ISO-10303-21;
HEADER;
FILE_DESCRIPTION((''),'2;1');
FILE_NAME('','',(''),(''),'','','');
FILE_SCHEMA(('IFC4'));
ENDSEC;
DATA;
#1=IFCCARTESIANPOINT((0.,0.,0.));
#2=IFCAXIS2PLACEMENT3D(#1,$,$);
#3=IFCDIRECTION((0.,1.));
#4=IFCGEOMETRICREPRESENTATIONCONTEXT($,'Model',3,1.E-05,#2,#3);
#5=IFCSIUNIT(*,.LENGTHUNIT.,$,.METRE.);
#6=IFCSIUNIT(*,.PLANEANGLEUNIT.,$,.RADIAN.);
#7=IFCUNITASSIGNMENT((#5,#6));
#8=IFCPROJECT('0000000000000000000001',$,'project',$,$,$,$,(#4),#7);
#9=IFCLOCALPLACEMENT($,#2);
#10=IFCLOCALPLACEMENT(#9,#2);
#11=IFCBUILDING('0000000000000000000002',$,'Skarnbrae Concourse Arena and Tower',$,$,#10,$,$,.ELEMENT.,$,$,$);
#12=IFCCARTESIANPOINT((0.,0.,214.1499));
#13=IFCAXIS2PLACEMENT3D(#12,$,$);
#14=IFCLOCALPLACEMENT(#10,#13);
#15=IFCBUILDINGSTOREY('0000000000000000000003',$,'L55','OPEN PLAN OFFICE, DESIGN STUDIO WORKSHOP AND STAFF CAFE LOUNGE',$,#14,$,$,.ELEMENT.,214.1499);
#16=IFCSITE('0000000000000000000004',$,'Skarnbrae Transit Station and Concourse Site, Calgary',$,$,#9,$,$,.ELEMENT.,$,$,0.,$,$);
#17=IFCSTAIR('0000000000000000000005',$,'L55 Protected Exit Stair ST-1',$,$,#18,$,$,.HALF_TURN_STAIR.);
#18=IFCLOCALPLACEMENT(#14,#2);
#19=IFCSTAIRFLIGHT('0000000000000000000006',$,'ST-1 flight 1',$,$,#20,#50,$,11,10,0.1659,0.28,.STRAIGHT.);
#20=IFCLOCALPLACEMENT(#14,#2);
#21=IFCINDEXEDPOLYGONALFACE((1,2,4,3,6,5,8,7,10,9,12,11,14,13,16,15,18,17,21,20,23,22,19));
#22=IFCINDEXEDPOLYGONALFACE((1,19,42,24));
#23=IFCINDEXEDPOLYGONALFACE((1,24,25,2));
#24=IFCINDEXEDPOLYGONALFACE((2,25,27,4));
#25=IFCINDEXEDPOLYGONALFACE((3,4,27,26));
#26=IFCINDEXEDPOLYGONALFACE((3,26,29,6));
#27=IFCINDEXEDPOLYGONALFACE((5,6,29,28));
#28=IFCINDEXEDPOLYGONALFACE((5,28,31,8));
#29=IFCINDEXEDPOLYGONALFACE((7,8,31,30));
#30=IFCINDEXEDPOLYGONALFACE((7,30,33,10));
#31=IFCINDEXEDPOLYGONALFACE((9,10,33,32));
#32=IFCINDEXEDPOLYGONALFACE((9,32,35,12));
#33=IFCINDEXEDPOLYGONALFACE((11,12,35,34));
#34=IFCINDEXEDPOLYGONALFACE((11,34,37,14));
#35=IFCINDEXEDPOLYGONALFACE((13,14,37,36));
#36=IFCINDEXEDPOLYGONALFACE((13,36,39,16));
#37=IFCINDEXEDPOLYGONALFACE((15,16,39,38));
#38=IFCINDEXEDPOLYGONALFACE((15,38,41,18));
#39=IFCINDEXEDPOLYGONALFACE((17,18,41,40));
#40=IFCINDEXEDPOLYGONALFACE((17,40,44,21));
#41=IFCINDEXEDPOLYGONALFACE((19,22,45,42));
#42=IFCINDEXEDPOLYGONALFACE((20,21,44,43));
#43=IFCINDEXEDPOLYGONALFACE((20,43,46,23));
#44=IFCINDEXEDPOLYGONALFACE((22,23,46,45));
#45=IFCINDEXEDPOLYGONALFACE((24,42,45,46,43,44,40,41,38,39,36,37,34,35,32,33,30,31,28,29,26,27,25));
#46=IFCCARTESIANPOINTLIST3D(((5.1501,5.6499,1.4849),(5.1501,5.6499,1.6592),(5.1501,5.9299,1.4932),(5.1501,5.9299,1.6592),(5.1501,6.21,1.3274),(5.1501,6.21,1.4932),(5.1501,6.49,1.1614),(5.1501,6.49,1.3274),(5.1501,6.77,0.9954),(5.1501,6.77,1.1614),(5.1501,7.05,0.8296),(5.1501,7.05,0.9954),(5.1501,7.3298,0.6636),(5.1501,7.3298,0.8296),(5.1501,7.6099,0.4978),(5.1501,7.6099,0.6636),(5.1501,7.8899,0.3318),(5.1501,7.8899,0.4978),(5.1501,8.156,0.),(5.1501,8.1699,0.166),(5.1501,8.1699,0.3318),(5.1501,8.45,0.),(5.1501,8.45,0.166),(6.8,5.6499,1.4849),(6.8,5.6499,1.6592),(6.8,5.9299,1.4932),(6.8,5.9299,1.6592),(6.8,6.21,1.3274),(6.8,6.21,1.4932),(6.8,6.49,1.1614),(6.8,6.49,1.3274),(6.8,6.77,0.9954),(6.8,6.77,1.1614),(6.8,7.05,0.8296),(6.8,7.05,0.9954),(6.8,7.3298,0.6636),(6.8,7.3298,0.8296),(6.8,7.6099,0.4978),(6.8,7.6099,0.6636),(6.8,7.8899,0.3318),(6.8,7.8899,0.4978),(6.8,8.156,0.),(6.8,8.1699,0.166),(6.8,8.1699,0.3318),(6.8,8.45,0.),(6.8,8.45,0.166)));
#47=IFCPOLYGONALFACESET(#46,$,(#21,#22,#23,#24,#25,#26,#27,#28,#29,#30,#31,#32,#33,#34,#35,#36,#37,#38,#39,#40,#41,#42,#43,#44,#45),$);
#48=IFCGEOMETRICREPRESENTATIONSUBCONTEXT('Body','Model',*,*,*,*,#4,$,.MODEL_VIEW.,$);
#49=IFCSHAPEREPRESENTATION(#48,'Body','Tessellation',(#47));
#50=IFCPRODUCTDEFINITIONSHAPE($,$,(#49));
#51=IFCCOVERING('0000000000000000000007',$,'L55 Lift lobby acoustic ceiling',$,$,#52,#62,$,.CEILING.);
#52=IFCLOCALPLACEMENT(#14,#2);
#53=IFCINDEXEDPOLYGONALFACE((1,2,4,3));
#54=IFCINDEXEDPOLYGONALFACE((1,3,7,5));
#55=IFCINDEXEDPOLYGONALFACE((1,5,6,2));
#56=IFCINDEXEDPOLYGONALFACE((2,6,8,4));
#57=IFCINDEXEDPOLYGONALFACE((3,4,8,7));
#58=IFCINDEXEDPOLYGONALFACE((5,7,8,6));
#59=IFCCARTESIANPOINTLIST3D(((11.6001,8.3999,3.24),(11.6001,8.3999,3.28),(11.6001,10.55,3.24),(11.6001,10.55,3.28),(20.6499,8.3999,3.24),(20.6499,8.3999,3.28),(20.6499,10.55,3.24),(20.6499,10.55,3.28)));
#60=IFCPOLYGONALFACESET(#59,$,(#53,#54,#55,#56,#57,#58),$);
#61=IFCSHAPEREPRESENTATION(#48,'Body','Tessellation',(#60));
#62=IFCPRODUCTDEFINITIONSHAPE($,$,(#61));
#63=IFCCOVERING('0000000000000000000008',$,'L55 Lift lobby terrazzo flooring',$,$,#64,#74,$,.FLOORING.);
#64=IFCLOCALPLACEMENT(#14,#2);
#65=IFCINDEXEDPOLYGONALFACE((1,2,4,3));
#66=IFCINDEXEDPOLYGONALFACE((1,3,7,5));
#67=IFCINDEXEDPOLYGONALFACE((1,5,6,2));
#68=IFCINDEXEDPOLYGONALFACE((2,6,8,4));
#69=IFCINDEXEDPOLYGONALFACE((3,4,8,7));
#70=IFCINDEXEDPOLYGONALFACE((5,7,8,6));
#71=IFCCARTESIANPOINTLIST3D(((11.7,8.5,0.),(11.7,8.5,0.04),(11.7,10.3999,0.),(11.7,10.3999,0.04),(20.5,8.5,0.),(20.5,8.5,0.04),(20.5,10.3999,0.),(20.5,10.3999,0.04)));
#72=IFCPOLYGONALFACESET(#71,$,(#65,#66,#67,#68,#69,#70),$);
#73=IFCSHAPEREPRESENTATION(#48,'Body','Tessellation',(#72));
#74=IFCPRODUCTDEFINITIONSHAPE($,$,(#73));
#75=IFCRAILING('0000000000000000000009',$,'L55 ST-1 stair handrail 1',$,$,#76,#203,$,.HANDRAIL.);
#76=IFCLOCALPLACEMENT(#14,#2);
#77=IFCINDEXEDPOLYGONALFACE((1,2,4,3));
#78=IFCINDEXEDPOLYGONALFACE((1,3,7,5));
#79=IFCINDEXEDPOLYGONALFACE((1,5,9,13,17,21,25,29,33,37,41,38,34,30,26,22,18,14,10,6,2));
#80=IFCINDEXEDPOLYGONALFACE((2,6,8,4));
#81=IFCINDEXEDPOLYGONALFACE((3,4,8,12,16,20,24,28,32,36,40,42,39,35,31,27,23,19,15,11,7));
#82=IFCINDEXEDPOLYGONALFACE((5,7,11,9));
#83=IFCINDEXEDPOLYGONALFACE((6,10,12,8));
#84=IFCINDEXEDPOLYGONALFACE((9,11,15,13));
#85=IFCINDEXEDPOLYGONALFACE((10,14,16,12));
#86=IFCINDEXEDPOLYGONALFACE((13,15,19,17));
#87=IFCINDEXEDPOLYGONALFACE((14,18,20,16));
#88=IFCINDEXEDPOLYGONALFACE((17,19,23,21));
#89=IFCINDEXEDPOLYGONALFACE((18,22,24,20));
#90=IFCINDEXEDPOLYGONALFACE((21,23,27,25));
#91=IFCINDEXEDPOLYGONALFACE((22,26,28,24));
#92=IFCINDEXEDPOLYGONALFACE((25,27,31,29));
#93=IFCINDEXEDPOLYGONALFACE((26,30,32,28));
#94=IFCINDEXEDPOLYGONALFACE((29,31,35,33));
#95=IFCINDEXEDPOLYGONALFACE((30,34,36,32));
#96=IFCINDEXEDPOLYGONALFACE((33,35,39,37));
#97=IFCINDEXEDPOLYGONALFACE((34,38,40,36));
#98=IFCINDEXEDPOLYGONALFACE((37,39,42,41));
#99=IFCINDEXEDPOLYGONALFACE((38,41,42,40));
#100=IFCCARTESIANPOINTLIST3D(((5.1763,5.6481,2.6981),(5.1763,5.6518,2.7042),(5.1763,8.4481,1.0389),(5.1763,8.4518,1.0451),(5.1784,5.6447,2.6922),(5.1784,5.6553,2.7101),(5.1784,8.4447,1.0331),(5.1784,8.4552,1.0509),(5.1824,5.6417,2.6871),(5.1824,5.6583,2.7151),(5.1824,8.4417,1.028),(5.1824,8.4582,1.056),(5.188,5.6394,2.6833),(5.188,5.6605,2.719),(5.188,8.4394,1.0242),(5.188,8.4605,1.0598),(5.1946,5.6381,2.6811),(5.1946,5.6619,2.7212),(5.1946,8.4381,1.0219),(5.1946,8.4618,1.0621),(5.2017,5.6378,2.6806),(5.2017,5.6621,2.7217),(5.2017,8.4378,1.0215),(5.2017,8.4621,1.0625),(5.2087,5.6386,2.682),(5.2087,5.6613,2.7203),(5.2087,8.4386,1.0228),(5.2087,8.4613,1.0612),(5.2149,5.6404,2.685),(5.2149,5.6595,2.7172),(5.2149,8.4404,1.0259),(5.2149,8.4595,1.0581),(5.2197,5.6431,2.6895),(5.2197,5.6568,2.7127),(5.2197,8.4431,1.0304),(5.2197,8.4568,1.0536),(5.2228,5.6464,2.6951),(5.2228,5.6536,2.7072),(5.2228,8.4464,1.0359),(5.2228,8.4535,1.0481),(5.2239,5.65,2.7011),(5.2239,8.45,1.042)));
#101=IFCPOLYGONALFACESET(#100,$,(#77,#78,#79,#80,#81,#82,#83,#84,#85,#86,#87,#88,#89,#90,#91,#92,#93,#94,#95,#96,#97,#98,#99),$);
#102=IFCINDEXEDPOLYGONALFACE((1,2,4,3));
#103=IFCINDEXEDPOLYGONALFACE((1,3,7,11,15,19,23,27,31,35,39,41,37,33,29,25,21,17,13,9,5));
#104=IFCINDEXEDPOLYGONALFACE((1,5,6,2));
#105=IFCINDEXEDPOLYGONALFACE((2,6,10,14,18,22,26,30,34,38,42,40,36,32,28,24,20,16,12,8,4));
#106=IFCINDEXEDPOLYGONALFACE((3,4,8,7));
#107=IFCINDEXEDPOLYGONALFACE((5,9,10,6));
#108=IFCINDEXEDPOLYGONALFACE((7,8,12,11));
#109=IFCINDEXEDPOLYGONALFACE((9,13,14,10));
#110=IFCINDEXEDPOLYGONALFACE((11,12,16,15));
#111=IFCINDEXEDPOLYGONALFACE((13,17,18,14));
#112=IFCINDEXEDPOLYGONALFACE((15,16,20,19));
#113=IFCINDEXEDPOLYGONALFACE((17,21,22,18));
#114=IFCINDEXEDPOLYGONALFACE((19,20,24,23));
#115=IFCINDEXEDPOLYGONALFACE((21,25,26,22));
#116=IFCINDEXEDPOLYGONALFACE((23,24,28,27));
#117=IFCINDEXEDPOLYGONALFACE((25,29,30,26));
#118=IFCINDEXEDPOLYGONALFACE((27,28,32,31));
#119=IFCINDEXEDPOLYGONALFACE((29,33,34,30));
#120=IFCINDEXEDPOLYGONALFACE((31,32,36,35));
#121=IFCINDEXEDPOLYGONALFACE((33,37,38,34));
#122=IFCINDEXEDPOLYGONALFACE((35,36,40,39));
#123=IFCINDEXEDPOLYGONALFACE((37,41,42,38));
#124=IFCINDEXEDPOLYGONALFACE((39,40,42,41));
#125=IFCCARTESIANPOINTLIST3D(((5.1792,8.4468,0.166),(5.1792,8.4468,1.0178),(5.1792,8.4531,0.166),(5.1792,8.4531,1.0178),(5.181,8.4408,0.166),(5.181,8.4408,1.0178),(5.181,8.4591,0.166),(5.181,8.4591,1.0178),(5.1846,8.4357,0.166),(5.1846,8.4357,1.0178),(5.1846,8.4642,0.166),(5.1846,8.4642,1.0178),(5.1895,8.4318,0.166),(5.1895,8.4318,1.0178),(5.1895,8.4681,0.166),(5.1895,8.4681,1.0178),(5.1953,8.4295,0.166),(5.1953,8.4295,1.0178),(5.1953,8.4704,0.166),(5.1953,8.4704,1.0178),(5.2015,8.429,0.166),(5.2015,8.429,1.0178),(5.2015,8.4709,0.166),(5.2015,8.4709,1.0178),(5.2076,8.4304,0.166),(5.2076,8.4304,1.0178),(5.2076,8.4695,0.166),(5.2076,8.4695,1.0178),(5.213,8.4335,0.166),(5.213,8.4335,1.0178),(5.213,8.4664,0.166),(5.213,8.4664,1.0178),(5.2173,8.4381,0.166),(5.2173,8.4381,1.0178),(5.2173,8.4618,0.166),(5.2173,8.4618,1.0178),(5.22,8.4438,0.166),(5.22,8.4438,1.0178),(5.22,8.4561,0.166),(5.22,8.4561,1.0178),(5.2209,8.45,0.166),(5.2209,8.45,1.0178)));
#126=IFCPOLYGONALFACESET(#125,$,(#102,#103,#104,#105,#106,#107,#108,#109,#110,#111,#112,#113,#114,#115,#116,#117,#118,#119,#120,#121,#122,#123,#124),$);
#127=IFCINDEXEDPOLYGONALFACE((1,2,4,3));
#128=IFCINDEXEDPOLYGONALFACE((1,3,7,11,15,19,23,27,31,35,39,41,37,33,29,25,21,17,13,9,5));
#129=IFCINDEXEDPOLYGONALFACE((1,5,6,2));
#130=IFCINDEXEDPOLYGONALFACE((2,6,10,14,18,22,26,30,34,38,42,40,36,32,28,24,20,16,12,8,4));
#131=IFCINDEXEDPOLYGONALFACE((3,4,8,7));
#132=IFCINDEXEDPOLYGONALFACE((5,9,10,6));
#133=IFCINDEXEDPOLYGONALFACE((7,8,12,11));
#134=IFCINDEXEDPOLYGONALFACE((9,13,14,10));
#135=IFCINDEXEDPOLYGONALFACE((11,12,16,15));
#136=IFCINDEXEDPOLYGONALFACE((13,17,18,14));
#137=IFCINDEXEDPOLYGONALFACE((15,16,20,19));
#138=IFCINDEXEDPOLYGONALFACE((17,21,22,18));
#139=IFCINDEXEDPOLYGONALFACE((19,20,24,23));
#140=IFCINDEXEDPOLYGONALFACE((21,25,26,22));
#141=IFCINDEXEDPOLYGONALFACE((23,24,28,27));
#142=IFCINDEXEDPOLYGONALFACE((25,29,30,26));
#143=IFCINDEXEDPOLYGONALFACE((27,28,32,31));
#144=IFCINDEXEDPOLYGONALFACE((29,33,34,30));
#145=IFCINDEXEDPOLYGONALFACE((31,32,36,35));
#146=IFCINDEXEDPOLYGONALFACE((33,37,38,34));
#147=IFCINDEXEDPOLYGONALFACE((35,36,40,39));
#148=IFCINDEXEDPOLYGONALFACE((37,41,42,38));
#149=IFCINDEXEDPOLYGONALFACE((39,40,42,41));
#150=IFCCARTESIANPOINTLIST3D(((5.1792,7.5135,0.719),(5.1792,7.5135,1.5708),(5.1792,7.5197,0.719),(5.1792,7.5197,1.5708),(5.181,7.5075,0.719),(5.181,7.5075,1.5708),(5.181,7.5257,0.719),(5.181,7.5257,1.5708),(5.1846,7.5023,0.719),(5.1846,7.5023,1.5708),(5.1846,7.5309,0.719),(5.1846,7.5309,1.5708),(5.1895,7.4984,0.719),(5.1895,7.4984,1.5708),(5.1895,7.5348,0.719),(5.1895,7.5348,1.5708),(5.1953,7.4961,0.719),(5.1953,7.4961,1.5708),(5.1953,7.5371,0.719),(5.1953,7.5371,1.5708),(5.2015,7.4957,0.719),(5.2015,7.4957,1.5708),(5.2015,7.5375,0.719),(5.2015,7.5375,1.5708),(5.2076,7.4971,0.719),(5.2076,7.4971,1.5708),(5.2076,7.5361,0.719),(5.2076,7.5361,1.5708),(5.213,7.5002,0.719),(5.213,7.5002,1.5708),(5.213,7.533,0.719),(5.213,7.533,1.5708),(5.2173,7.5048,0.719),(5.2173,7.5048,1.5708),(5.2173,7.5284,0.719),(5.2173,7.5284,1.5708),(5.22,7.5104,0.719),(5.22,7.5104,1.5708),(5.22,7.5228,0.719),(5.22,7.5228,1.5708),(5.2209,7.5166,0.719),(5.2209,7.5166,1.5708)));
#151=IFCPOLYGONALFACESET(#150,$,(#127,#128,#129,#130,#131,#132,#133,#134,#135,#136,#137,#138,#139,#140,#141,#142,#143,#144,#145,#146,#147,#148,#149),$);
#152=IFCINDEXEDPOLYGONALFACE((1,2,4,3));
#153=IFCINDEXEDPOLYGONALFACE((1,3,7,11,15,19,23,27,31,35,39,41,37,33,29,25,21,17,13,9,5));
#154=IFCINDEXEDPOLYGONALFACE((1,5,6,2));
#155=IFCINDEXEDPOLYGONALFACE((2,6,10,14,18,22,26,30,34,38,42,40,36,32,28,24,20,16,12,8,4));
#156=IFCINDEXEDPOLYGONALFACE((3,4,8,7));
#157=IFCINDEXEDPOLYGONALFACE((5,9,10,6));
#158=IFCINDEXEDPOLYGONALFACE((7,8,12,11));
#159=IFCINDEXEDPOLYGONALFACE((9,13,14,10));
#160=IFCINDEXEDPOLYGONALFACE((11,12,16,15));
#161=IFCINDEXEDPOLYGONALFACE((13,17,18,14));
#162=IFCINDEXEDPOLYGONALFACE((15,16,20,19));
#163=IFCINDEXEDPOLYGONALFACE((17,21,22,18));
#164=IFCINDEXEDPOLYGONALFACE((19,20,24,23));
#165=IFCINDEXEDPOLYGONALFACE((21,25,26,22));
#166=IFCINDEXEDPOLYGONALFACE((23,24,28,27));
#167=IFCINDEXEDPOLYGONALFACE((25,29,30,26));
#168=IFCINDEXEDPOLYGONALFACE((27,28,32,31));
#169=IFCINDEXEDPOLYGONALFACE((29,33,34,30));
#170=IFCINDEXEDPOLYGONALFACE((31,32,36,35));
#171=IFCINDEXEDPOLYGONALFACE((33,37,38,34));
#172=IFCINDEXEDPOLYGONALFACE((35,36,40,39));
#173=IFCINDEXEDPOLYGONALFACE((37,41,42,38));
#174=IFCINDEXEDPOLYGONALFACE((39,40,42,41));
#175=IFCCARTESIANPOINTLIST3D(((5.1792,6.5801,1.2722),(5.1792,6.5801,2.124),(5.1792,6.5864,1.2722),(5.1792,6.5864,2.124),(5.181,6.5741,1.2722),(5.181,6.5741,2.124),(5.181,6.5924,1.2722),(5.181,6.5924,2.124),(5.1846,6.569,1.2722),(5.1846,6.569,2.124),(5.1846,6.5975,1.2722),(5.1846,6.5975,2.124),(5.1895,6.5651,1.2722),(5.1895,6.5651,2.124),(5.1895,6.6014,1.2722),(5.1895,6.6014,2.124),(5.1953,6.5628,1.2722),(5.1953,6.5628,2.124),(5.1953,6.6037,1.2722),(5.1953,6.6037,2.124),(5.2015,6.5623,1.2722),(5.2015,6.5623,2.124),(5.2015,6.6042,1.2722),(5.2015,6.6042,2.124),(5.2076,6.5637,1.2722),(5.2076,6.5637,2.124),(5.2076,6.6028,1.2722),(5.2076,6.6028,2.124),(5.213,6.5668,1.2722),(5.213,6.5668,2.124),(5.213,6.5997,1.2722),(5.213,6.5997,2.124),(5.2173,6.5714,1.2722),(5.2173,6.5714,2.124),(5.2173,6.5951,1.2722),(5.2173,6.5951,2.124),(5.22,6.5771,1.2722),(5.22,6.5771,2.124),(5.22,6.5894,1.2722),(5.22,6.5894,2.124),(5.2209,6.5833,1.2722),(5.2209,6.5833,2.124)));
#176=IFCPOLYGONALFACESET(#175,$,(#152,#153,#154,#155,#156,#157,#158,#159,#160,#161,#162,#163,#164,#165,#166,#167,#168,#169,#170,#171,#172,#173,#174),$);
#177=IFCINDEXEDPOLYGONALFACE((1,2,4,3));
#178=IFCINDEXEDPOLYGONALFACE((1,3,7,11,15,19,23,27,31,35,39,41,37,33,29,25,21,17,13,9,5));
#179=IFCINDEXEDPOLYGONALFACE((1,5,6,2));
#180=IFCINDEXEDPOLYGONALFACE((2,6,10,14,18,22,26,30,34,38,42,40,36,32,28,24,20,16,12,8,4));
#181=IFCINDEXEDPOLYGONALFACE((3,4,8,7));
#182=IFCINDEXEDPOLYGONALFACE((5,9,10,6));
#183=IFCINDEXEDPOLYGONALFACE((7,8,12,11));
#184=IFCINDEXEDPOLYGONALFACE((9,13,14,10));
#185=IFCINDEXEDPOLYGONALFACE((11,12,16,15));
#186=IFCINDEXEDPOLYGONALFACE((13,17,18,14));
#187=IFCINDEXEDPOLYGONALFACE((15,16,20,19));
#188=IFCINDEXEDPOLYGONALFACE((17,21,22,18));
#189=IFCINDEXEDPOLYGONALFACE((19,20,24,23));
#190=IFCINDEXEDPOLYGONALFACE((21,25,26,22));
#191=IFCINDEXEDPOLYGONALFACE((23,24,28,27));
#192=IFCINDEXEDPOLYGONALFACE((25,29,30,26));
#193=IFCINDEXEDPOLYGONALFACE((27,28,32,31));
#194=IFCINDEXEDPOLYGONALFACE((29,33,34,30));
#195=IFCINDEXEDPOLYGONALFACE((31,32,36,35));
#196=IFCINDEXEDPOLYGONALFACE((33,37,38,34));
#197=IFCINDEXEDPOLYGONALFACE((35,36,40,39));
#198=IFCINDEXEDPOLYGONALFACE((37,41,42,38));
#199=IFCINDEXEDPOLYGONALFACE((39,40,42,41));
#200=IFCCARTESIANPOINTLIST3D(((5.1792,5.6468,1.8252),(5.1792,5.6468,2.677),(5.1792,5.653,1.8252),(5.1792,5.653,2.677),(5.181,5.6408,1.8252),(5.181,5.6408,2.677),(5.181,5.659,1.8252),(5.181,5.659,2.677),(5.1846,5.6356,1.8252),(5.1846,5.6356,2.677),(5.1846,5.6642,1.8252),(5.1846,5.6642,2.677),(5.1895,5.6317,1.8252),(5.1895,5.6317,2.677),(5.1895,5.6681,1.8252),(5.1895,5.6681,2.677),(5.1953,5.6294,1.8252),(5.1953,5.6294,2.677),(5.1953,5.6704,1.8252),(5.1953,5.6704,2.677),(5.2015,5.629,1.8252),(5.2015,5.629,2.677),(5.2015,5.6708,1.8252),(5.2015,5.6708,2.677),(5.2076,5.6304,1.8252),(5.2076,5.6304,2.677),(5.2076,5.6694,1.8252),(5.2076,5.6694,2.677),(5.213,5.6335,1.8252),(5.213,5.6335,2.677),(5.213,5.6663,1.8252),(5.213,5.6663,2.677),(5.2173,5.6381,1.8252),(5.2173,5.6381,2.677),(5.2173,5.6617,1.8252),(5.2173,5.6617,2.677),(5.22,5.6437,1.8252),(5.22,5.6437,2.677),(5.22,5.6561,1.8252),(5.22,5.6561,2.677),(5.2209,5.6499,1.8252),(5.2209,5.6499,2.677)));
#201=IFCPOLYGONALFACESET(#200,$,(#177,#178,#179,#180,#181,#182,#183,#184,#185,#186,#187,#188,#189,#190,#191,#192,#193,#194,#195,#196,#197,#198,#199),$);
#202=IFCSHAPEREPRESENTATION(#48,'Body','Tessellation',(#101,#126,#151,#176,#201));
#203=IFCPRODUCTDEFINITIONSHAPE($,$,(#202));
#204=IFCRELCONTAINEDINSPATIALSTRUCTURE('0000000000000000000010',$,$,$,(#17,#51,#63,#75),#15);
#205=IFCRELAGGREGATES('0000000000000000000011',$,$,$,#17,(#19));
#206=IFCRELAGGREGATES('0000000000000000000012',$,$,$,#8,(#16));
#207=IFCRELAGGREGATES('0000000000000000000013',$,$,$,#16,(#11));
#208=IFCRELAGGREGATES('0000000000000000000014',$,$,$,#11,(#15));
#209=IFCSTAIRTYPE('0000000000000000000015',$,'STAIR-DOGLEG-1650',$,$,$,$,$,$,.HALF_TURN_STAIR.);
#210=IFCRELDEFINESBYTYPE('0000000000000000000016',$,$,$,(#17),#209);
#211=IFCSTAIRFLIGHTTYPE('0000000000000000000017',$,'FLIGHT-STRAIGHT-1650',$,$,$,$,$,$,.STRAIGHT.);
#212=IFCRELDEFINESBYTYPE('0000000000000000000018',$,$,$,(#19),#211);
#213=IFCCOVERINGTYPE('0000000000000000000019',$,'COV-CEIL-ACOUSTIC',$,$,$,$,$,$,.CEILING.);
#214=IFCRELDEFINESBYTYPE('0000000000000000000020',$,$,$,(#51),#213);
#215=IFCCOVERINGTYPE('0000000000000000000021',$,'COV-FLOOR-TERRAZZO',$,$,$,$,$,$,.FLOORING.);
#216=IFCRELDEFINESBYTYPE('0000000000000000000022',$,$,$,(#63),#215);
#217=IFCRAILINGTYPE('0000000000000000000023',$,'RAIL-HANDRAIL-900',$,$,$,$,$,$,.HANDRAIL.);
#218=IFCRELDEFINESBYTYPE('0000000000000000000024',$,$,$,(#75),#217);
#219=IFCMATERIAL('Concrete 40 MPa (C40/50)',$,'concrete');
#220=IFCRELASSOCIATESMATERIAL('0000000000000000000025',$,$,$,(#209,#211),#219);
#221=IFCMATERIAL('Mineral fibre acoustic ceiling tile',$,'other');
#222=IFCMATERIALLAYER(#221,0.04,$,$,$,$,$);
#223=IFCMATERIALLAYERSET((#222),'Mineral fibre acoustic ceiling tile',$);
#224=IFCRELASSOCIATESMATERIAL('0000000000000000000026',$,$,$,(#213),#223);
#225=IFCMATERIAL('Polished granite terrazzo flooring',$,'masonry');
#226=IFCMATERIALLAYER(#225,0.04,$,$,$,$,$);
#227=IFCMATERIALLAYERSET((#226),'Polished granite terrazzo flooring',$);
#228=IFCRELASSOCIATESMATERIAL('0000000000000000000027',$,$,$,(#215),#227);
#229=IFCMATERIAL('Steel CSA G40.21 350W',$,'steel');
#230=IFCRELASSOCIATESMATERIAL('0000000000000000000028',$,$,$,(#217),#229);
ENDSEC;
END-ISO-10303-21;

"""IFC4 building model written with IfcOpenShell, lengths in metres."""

from ifc_helpers import new_model, si_unit, direction, frame, origin, origin_2d, place, context, subcontext, project, spatial, polyline, circle, outline, extrude, source, transform, mapped, material, layer, layer_set, type_object, element, aggregate, save


model = new_model("IFC4")

# Units and contexts
model_context = context("Model", 3, precision=1e-05, world=origin(), true_north=direction((0.0, 1.0)))
body_context = subcontext(model_context, "Body", "Model", "MODEL_VIEW")
ifc_project = project(units=[si_unit("LENGTHUNIT", "METRE"), si_unit("PLANEANGLEUNIT", "RADIAN")], contexts=[model_context])

# Site, building, storey
site_placement = place(None, origin())
site = spatial("IfcSite", under=ifc_project, at=site_placement, Name="Skarnbrae Transit Station and Concourse Site, Calgary", CompositionType="ELEMENT", RefElevation=0.0)
building_placement = place(site_placement, origin())
building = spatial("IfcBuilding", under=site, at=building_placement, Name="Skarnbrae Concourse Arena and Tower", CompositionType="ELEMENT")
storey_placement = place(building_placement, frame((0.0, 0.0, 214.1499)))
storey = spatial("IfcBuildingStorey", under=building, at=storey_placement, Name="L55", Description="OPEN PLAN OFFICE, DESIGN STUDIO WORKSHOP AND STAFF CAFE LOUNGE", CompositionType="ELEMENT", Elevation=214.1499)

# Shared definitions
ifc_material_1 = material(Name="Steel CSA G40.21 350W", Category="steel")

# Stair
ifc_material_2 = material(Name="Concrete 40 MPa (C40/50)", Category="concrete")
stair_type = type_object("IfcStairType", Name="STAIR-DOGLEG-1650", PredefinedType="HALF_TURN_STAIR", material=ifc_material_2)
stair_1_placement = place(storey_placement, origin())
stair_1 = element("IfcStair", 1, at=stair_1_placement, inside=storey, type_object=stair_type, Name="L55 Protected Exit Stair ST-1", PredefinedType="HALF_TURN_STAIR")

# Stair flight
stair_flight_type = type_object("IfcStairFlightType", Name="FLIGHT-STRAIGHT-1650", PredefinedType="STRAIGHT", material=ifc_material_2)
shared_shape_1 = source(origin(), body_context, "Body", "SweptSolid", [
    extrude(outline(polyline([(0.0, 0.0), (0.0, 0.166), (0.28, 0.166), (0.28, 0.3318), (0.5601, 0.3318), (0.5601, 0.4978), (0.8401, 0.4978), (0.8401, 0.6636), (1.1201, 0.6636), (1.1201, 0.8296), (1.3999, 0.8296), (1.3999, 0.9954), (1.6799, 0.9954), (1.6799, 1.1614), (1.96, 1.1614), (1.96, 1.3274), (2.24, 1.3274), (2.24, 1.4932), (2.52, 1.4932), (2.52, 1.6592), (2.8, 1.6592), (2.8, 1.825), (2.8, 1.4849), (0.2939, 0.0), (0.0, 0.0)])), frame((0.0, 0.825, 0.0), z_axis=(0.0, -1.0, 0.0), x_axis=(1.0, 0.0, 0.0)), (0.0, 0.0, 1.0), 1.6499),
])
stair_flight_placement = place(storey_placement, frame((5.9751, 8.45, 0.0), z_axis=(0.0, 0.0, 1.0), x_axis=(0.0, -1.0, 0.0)))
stair_flight = element("IfcStairFlight", 2, at=stair_flight_placement, type_object=stair_flight_type, Name="ST-1 flight 1", NumberOfRisers=11, NumberOfTreads=10, PredefinedType="STRAIGHT", RiserHeight=0.1659, TreadLength=0.28, context=body_context, shape_type="MappedRepresentation", body=[
    mapped(shared_shape_1, transform((0.0, 0.0, 0.0))),
])
aggregate(stair_1, [stair_flight])

# Coverings
ifc_material_3 = material(Name="Mineral fibre acoustic ceiling tile", Category="other")
ifc_layer_1 = layer(ifc_material_3, 0.04)
ifc_layer_set_1 = layer_set([ifc_layer_1], Name="Mineral fibre acoustic ceiling tile")
covering_type_1 = type_object("IfcCoveringType", Name="COV-CEIL-ACOUSTIC", PredefinedType="CEILING", material=ifc_layer_set_1)
covering_1_placement = place(storey_placement, frame((0.0, 0.0, 3.24)))
element("IfcCovering", 3, at=covering_1_placement, inside=storey, type_object=covering_type_1, Name="L55 Lift lobby acoustic ceiling", PredefinedType="CEILING", context=body_context, shape_type="SweptSolid", body=[
    extrude(outline(polyline([(11.6001, 8.3999), (20.6499, 8.3999), (20.6499, 10.55), (11.6001, 10.55), (11.6001, 8.3999)])), origin(), (0.0, 0.0, 1.0), 0.04),
])
ifc_material_4 = material(Name="Polished granite terrazzo flooring", Category="masonry")
ifc_layer_2 = layer(ifc_material_4, 0.04)
ifc_layer_set_2 = layer_set([ifc_layer_2], Name="Polished granite terrazzo flooring")
covering_type_2 = type_object("IfcCoveringType", Name="COV-FLOOR-TERRAZZO", PredefinedType="FLOORING", material=ifc_layer_set_2)
covering_2_placement = place(storey_placement, origin())
element("IfcCovering", 4, at=covering_2_placement, inside=storey, type_object=covering_type_2, Name="L55 Lift lobby terrazzo flooring", PredefinedType="FLOORING", context=body_context, shape_type="SweptSolid", body=[
    extrude(outline(polyline([(11.7, 8.5), (20.5, 8.5), (20.5, 10.3999), (11.7, 10.3999), (11.7, 8.5)])), origin(), (0.0, 0.0, 1.0), 0.04),
])

# Railing
railing_type = type_object("IfcRailingType", Name="RAIL-HANDRAIL-900", PredefinedType="HANDRAIL", material=ifc_material_1)
railing_placement = place(storey_placement, frame((5.2, 8.45, 0.166)))
element("IfcRailing", 5, at=railing_placement, inside=storey, type_object=railing_type, Name="L55 ST-1 stair handrail 1", PredefinedType="HANDRAIL", context=body_context, shape_type="SweptSolid", body=[
    extrude(circle(Radius=0.0239, at=origin_2d()), frame((0.0, 0.0, 0.876), z_axis=(0.0, -0.860306, 0.509778), x_axis=(1.0, 0.0, 0.0)), (0.0, 0.0, 1.0), 3.2546),
    extrude(circle(Radius=0.021, at=origin_2d()), origin(), (0.0, 0.0, 1.0), 0.8518),
    extrude(circle(Radius=0.021, at=origin_2d()), frame((0.0, -0.9333, 0.553)), (0.0, 0.0, 1.0), 0.8518),
    extrude(circle(Radius=0.021, at=origin_2d()), frame((0.0, -1.8667, 1.1062)), (0.0, 0.0, 1.0), 0.8518),
    extrude(circle(Radius=0.021, at=origin_2d()), frame((0.0, -2.8, 1.6592)), (0.0, 0.0, 1.0), 0.8518),
])

save(model, "model.ifc")
